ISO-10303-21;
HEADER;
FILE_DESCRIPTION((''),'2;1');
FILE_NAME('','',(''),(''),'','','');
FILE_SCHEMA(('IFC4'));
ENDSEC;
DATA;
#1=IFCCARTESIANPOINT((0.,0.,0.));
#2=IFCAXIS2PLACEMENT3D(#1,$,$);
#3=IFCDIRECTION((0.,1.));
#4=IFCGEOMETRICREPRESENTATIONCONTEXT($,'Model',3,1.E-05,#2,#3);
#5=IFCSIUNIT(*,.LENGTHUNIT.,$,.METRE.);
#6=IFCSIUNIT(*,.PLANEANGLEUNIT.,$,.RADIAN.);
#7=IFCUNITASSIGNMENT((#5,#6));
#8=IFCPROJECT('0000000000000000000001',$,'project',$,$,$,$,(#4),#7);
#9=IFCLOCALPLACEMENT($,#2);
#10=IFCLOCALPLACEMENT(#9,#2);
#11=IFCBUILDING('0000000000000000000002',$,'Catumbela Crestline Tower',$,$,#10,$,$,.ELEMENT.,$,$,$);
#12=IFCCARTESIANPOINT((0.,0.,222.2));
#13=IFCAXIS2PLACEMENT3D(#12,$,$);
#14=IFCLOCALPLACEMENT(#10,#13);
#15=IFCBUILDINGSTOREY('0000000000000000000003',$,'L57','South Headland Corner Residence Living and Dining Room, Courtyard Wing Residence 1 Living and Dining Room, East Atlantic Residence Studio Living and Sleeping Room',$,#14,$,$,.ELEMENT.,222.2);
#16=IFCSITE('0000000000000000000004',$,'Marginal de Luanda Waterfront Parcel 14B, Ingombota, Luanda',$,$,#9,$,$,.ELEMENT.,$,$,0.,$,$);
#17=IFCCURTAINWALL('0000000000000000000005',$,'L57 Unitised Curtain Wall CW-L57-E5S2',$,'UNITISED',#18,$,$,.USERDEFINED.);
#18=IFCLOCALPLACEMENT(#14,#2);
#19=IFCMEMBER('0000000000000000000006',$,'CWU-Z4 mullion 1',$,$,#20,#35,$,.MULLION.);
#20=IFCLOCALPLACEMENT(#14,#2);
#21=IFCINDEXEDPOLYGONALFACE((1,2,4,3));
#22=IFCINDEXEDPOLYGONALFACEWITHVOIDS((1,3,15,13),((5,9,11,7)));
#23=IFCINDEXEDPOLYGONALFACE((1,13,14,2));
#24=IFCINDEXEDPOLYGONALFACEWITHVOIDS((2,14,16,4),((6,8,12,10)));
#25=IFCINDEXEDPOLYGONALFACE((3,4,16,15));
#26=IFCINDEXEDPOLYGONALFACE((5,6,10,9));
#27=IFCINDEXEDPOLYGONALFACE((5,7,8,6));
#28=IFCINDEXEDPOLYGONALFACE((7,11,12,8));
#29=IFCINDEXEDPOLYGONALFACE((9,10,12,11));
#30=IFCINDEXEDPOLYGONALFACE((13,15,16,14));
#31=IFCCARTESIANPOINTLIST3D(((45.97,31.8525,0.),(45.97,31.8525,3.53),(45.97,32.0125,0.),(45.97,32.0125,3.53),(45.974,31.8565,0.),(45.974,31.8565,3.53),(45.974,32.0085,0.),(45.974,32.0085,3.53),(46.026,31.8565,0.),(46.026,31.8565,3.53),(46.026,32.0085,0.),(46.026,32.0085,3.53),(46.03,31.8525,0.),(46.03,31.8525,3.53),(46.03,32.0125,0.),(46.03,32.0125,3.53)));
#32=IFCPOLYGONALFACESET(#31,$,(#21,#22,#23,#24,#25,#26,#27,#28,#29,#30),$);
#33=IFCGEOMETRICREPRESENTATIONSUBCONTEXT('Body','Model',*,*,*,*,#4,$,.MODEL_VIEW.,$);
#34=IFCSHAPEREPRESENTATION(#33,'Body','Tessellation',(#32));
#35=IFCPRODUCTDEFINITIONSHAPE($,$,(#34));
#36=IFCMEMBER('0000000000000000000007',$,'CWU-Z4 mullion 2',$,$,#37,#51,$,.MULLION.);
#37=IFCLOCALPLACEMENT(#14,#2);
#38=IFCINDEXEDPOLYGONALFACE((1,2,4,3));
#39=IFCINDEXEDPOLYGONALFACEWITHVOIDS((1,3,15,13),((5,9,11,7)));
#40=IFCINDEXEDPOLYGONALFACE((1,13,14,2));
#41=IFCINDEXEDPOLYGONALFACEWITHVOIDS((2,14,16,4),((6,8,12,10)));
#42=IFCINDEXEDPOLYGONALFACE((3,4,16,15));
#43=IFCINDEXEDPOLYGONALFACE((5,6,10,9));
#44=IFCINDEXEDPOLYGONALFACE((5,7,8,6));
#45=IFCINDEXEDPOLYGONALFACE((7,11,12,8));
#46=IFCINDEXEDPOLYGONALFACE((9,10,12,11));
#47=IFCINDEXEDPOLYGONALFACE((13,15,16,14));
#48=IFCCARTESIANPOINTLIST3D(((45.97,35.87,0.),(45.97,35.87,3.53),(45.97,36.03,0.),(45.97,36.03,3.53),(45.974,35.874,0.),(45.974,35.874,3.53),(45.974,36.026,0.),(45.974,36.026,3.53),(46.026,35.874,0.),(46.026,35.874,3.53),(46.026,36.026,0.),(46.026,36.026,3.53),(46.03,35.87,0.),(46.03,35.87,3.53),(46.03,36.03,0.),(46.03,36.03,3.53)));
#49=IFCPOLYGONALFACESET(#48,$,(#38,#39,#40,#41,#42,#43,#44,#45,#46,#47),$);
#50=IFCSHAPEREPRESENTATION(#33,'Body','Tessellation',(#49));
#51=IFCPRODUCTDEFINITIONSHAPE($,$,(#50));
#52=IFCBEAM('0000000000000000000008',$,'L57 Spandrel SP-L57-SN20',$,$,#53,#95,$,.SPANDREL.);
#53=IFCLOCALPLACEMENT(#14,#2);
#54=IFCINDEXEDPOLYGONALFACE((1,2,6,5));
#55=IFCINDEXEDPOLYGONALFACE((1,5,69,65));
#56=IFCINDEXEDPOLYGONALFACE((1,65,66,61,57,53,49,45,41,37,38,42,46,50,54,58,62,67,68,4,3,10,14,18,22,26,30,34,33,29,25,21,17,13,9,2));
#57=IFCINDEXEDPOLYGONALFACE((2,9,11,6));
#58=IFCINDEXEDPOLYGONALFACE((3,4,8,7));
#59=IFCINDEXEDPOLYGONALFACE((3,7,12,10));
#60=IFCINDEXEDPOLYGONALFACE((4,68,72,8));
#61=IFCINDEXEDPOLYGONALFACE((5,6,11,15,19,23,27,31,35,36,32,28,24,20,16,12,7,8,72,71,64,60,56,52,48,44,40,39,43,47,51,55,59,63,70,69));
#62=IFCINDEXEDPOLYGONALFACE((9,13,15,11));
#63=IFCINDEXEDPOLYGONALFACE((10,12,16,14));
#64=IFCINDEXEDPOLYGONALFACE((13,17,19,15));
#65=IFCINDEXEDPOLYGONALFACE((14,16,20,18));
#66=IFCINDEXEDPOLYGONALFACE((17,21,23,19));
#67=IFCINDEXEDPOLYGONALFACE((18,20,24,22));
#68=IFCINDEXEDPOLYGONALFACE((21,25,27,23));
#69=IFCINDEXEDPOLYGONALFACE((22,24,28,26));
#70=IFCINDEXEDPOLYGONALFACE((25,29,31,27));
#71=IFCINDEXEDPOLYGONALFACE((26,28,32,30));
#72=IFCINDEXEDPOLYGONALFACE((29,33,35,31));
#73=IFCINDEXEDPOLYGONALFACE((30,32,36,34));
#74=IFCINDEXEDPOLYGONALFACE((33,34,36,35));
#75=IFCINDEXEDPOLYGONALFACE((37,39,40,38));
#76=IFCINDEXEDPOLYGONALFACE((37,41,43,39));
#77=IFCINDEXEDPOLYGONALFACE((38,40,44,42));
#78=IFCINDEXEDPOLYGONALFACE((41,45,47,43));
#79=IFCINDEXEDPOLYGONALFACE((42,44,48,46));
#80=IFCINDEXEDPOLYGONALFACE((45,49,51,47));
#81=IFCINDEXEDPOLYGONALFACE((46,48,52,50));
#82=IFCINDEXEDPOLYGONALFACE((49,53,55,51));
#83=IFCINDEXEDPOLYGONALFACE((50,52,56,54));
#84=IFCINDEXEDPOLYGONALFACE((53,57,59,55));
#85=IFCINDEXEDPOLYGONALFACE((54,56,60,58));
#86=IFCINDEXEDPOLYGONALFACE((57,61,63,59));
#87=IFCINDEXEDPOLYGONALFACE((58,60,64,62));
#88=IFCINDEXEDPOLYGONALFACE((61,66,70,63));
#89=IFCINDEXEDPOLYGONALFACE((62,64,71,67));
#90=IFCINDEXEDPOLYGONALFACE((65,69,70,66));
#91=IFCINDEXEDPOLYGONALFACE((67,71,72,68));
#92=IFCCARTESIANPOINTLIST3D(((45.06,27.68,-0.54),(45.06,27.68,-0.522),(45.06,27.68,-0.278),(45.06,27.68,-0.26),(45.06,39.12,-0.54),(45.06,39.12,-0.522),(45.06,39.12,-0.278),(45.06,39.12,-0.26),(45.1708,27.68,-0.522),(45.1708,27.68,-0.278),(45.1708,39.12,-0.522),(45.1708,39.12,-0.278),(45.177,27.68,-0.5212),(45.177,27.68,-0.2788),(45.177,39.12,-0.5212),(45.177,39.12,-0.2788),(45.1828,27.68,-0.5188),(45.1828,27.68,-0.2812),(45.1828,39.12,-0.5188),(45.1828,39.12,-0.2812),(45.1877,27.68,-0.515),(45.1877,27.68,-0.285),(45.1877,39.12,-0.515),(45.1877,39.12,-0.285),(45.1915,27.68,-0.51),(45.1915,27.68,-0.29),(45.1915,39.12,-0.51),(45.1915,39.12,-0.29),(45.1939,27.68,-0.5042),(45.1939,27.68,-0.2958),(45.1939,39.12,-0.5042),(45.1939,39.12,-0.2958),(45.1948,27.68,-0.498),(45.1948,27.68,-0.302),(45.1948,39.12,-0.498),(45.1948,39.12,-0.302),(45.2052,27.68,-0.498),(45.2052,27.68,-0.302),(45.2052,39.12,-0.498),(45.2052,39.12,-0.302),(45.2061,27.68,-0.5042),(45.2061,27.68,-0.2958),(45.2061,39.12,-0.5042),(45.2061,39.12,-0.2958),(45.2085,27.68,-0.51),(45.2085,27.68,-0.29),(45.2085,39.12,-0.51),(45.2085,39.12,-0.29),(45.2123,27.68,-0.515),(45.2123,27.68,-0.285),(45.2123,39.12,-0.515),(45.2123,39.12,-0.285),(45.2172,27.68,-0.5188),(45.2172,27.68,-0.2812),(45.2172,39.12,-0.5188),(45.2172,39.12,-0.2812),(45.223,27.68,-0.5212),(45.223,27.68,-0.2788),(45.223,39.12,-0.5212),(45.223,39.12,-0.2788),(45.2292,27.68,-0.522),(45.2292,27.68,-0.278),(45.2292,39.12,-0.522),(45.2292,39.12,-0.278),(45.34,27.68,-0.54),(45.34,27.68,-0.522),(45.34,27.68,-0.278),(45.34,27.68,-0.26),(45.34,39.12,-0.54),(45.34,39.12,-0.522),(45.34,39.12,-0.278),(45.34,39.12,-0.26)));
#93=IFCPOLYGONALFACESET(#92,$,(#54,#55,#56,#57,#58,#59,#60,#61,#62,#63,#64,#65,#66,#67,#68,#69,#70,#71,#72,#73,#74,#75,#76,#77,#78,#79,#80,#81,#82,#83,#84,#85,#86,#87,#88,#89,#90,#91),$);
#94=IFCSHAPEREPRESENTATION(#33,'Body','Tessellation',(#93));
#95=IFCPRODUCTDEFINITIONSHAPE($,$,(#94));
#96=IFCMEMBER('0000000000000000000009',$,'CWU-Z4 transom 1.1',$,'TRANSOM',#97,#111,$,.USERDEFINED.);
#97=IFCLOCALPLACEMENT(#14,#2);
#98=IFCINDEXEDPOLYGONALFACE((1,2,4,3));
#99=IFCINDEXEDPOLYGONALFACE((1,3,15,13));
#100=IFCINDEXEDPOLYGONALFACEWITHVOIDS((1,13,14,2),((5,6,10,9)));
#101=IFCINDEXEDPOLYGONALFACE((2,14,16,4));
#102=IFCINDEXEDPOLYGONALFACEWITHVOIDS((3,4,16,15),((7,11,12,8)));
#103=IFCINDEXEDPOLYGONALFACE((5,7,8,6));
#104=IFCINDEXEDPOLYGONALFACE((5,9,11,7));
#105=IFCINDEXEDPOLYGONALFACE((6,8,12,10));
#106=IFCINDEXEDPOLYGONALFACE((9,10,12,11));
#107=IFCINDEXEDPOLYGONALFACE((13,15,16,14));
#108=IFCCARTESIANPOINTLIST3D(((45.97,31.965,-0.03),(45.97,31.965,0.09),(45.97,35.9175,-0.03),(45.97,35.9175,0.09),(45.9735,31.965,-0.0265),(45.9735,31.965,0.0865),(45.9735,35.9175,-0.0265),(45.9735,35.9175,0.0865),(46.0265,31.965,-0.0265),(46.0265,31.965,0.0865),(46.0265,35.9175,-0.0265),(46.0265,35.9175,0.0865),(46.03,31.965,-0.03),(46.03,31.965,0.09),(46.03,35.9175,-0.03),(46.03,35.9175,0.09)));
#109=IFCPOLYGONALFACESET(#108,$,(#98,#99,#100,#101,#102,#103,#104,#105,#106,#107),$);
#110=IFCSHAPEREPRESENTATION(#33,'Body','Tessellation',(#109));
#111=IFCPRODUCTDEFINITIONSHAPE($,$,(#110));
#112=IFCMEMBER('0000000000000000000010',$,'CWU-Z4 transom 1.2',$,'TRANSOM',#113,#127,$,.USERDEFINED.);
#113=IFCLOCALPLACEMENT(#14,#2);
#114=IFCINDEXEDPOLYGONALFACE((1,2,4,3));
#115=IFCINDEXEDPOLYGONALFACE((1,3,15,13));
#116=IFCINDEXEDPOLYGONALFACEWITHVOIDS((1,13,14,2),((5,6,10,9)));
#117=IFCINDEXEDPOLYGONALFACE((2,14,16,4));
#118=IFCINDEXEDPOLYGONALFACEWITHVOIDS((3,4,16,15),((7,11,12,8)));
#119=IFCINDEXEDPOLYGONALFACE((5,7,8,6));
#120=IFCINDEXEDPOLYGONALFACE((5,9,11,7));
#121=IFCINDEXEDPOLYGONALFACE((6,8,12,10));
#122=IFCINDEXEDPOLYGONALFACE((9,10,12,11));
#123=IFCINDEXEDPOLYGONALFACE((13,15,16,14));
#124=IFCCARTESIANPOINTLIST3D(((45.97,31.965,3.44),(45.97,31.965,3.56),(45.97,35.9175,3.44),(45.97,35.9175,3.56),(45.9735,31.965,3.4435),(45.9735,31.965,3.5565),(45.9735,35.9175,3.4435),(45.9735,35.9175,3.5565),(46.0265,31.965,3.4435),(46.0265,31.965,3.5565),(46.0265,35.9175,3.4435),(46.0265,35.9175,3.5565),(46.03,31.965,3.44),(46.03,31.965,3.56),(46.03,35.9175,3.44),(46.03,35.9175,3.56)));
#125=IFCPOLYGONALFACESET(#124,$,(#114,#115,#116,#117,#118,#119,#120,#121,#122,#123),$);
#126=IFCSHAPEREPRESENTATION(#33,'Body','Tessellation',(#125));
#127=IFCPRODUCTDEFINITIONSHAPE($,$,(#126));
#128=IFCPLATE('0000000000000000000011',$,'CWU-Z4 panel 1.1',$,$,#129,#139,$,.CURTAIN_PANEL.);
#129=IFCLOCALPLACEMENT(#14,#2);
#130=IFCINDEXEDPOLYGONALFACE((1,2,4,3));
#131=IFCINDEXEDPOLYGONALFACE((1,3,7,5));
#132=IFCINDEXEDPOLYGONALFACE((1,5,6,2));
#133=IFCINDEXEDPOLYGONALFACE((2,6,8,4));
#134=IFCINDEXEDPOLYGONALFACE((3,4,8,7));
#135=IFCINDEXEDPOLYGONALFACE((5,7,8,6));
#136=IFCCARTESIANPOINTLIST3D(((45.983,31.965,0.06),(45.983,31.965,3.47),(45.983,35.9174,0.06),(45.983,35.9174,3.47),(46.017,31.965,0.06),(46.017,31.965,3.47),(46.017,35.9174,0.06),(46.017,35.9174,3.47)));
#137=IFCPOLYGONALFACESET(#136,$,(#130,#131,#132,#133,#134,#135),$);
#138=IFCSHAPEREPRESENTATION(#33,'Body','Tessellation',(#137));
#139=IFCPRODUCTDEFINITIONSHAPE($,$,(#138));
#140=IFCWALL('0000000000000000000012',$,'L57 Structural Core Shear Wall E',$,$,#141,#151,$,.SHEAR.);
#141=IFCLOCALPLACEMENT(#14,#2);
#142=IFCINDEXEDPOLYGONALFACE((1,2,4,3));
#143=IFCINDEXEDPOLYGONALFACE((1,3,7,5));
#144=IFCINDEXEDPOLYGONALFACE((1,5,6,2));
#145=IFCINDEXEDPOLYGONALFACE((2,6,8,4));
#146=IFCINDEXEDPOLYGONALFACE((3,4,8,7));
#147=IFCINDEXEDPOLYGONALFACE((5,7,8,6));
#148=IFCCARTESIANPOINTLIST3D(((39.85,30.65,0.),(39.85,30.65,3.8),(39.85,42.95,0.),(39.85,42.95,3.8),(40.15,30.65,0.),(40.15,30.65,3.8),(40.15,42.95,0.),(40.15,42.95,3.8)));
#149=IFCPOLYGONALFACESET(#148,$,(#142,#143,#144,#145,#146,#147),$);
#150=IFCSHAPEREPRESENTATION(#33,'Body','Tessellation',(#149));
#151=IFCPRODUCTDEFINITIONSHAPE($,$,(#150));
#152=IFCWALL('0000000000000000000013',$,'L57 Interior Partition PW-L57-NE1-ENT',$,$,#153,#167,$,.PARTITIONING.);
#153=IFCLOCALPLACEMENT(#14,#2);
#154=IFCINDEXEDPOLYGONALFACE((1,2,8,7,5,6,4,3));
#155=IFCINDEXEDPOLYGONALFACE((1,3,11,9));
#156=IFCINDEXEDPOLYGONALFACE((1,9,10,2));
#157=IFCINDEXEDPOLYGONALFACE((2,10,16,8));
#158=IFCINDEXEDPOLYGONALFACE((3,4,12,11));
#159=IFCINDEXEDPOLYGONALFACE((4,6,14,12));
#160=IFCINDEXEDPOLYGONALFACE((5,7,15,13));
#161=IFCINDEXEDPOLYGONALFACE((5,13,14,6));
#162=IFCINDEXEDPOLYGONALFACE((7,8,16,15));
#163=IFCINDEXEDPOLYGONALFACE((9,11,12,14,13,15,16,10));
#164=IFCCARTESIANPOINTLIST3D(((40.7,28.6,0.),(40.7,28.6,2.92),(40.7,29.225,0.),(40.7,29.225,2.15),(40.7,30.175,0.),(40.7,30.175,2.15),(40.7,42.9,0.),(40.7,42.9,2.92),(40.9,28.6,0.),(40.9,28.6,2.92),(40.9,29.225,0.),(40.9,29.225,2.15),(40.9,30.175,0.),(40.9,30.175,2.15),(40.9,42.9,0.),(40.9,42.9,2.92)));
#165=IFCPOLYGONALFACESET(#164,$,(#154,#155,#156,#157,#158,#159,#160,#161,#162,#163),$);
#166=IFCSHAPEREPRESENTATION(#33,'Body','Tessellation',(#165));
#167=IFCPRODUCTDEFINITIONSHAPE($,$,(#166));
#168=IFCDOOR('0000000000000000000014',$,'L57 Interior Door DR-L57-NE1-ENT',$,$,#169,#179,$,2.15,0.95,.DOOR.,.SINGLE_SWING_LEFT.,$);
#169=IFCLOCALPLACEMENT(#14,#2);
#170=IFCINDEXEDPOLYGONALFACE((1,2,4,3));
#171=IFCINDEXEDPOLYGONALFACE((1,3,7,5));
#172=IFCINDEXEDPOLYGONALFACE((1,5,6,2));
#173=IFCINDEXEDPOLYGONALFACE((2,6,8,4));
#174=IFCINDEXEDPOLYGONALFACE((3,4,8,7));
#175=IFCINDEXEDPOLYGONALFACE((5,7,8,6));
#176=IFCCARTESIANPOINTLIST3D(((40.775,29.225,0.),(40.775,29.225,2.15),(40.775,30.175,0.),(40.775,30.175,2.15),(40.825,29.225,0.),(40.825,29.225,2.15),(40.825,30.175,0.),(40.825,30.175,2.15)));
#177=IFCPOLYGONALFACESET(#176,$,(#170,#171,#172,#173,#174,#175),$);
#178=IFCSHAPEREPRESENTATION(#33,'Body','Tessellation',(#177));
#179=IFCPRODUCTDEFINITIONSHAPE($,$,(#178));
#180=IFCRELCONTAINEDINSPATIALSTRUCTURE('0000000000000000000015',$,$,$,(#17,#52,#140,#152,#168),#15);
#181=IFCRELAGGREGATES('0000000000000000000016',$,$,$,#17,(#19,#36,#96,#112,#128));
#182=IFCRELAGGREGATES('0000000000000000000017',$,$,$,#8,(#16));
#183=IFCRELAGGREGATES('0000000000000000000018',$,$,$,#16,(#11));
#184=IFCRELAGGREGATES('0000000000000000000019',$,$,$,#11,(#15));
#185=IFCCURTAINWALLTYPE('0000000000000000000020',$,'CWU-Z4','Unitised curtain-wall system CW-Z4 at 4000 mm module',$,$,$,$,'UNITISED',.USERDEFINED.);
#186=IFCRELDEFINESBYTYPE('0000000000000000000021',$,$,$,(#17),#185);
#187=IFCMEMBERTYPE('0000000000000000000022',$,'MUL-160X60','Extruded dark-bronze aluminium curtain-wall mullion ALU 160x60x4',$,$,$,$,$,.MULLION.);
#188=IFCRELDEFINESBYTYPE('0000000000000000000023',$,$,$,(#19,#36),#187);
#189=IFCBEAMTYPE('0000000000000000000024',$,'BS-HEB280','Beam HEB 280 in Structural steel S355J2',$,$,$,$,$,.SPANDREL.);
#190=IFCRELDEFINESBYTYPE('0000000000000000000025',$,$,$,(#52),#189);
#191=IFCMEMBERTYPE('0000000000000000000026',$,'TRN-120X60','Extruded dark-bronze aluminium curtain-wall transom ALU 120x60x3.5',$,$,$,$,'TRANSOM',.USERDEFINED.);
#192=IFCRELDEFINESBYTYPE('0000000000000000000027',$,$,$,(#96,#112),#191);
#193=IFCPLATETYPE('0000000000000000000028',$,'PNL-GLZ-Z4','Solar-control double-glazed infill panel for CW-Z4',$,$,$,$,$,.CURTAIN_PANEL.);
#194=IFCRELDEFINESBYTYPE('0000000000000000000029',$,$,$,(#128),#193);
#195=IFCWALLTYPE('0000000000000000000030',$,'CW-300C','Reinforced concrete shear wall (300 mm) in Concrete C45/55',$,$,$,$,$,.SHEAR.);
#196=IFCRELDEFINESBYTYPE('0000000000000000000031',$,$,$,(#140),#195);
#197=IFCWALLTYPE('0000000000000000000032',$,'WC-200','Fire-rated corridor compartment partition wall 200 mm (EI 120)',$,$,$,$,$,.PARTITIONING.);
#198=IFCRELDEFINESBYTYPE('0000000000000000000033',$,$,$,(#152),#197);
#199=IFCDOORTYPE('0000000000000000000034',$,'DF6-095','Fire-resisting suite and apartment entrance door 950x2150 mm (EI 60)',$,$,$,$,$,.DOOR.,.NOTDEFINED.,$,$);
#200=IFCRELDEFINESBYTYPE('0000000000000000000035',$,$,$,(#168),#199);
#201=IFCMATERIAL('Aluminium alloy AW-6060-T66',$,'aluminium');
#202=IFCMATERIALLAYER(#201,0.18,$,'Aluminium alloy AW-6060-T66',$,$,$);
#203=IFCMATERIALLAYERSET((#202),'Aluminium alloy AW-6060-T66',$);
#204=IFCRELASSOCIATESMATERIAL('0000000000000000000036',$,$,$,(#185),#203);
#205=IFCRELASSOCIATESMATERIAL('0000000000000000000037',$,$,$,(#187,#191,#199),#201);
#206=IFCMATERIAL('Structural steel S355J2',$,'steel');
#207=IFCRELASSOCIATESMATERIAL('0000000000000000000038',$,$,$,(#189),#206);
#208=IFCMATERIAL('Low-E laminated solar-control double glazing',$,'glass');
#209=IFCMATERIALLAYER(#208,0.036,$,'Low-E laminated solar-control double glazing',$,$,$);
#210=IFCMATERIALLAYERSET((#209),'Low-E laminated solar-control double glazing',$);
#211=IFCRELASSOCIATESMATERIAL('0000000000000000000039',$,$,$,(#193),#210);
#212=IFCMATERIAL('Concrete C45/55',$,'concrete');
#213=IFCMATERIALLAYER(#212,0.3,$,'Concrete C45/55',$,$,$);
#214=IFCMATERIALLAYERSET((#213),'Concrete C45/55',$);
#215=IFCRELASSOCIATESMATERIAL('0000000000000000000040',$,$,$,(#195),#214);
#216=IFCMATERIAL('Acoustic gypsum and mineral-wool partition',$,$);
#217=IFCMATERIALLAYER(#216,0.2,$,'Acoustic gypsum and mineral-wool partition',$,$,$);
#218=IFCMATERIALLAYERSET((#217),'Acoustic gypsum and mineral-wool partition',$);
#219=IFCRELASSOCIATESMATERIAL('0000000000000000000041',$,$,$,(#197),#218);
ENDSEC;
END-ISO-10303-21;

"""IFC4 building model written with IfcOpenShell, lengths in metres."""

from ifc_helpers import new_model, si_unit, direction, frame, frame_2d, origin, origin_2d, place, context, subcontext, project, spatial, rectangle, hollow_rectangle, i_section, extrude, material, layer, layer_set, material_profile, profile_set, type_object, element, fill, aggregate, save


model = new_model("IFC4")

# Units and contexts
model_context = context("Model", 3, precision=1e-05, world=origin(), true_north=direction((0.0, 1.0)))
body_context = subcontext(model_context, "Body", "Model", "MODEL_VIEW")
ifc_project = project(units=[si_unit("LENGTHUNIT", "METRE"), si_unit("PLANEANGLEUNIT", "RADIAN")], contexts=[model_context])

# Site, building, storey
site_placement = place(None, origin())
site = spatial("IfcSite", under=ifc_project, at=site_placement, Name="Marginal de Luanda Waterfront Parcel 14B, Ingombota, Luanda", CompositionType="ELEMENT", RefElevation=0.0)
building_placement = place(site_placement, origin())
building = spatial("IfcBuilding", under=site, at=building_placement, Name="Catumbela Crestline Tower", CompositionType="ELEMENT")
storey_placement = place(building_placement, frame((0.0, 0.0, 222.2)))
storey = spatial("IfcBuildingStorey", under=building, at=storey_placement, Name="L57", Description="South Headland Corner Residence Living and Dining Room, Courtyard Wing Residence 1 Living and Dining Room, East Atlantic Residence Studio Living and Sleeping Room", CompositionType="ELEMENT", Elevation=222.2)

# Shared definitions
ifc_material_1 = material(Name="Structural steel S355J2", Category="steel")

# Curtain wall, members
ifc_material_2 = material(Name="Aluminium alloy AW-6060-T66", Category="aluminium")
ifc_layer_1 = layer(ifc_material_2, 0.18, Name="Aluminium alloy AW-6060-T66")
ifc_layer_set_1 = layer_set([ifc_layer_1], Name="Aluminium alloy AW-6060-T66")
curtain_wall_type = type_object("IfcCurtainWallType", Name="CWU-Z4", Description="Unitised curtain-wall system CW-Z4 at 4000 mm module", ElementType="UNITISED", PredefinedType="USERDEFINED", material=ifc_layer_set_1)
curtain_wall_placement = place(storey_placement, origin())
curtain_wall = element("IfcCurtainWall", 1, at=curtain_wall_placement, inside=storey, type_object=curtain_wall_type, Name="L57 Unitised Curtain Wall CW-L57-E5S2", ObjectType="UNITISED", PredefinedType="USERDEFINED")
ifc_material_profile_1 = material_profile(ifc_material_2, hollow_rectangle(XDim=0.06, YDim=0.16, WallThickness=0.004, at=origin_2d()), Name="ALU 160x60x4")
ifc_profile_set_1 = profile_set([ifc_material_profile_1], Name="Aluminium alloy AW-6060-T66")
member_type_1 = type_object("IfcMemberType", Name="MUL-160X60", Description="Extruded dark-bronze aluminium curtain-wall mullion ALU 160x60x4", PredefinedType="MULLION", material=ifc_profile_set_1)
member_1_placement = place(storey_placement, frame((46.0, 31.9325, 0.0), z_axis=(0.0, 0.0, 1.0), x_axis=(-1.0, 0.0, 0.0)))
member_1 = element("IfcMember", 2, at=member_1_placement, type_object=member_type_1, Name="CWU-Z4 mullion 1", PredefinedType="MULLION", context=body_context, shape_type="SweptSolid", body=[
    extrude(hollow_rectangle(XDim=0.06, YDim=0.16, WallThickness=0.004, at=origin_2d()), origin(), (0.0, 0.0, 1.0), 3.53),
])
member_2_placement = place(storey_placement, frame((46.0, 35.95, 0.0), z_axis=(0.0, 0.0, 1.0), x_axis=(-1.0, 0.0, 0.0)))
member_2 = element("IfcMember", 3, at=member_2_placement, type_object=member_type_1, Name="CWU-Z4 mullion 2", PredefinedType="MULLION", context=body_context, shape_type="SweptSolid", body=[
    extrude(hollow_rectangle(XDim=0.06, YDim=0.16, WallThickness=0.004, at=origin_2d()), origin(), (0.0, 0.0, 1.0), 3.53),
])

# Beam
ifc_material_profile_2 = material_profile(ifc_material_1, i_section(OverallWidth=0.28, OverallDepth=0.28, WebThickness=0.0105, FlangeThickness=0.018, FilletRadius=0.024, at=origin_2d()), Name="HEB 280")
ifc_profile_set_2 = profile_set([ifc_material_profile_2], Name="Structural steel S355J2")
beam_type_1 = type_object("IfcBeamType", Name="BS-HEB280", Description="Beam HEB 280 in Structural steel S355J2", PredefinedType="SPANDREL", material=ifc_profile_set_2)
beam_1_placement = place(storey_placement, frame((45.2, 27.68, -0.4), z_axis=(0.0, 1.0, 0.0), x_axis=(-1.0, 0.0, 0.0)))
element("IfcBeam", 4, at=beam_1_placement, inside=storey, type_object=beam_type_1, Name="L57 Spandrel SP-L57-SN20", PredefinedType="SPANDREL", context=body_context, shape_type="SweptSolid", body=[
    extrude(i_section(OverallWidth=0.28, OverallDepth=0.28, WebThickness=0.0105, FlangeThickness=0.018, FilletRadius=0.024, at=origin_2d()), origin(), (0.0, 0.0, 1.0), 11.44),
])

# Members
ifc_material_profile_3 = material_profile(ifc_material_2, hollow_rectangle(XDim=0.06, YDim=0.12, WallThickness=0.0035, at=origin_2d()), Name="ALU 120x60x3.5")
ifc_profile_set_3 = profile_set([ifc_material_profile_3], Name="Aluminium alloy AW-6060-T66")
member_type_2 = type_object("IfcMemberType", Name="TRN-120X60", Description="Extruded dark-bronze aluminium curtain-wall transom ALU 120x60x3.5", ElementType="TRANSOM", PredefinedType="USERDEFINED", material=ifc_profile_set_3)
member_3_placement = place(storey_placement, frame((46.0, 31.965, 0.03), z_axis=(0.0, 1.0, 0.0), x_axis=(-1.0, 0.0, 0.0)))
member_3 = element("IfcMember", 5, at=member_3_placement, type_object=member_type_2, Name="CWU-Z4 transom 1.1", ObjectType="TRANSOM", PredefinedType="USERDEFINED", context=body_context, shape_type="SweptSolid", body=[
    extrude(hollow_rectangle(XDim=0.06, YDim=0.12, WallThickness=0.0035, at=origin_2d()), origin(), (0.0, 0.0, 1.0), 3.9525),
])
member_4_placement = place(storey_placement, frame((46.0, 31.965, 3.5), z_axis=(0.0, 1.0, 0.0), x_axis=(-1.0, 0.0, 0.0)))
member_4 = element("IfcMember", 6, at=member_4_placement, type_object=member_type_2, Name="CWU-Z4 transom 1.2", ObjectType="TRANSOM", PredefinedType="USERDEFINED", context=body_context, shape_type="SweptSolid", body=[
    extrude(hollow_rectangle(XDim=0.06, YDim=0.12, WallThickness=0.0035, at=origin_2d()), origin(), (0.0, 0.0, 1.0), 3.9525),
])

# Plate
ifc_material_3 = material(Name="Low-E laminated solar-control double glazing", Category="glass")
ifc_layer_2 = layer(ifc_material_3, 0.036, Name="Low-E laminated solar-control double glazing")
ifc_layer_set_2 = layer_set([ifc_layer_2], Name="Low-E laminated solar-control double glazing")
plate_type = type_object("IfcPlateType", Name="PNL-GLZ-Z4", Description="Solar-control double-glazed infill panel for CW-Z4", PredefinedType="CURTAIN_PANEL", material=ifc_layer_set_2)
plate_placement = place(storey_placement, frame((46.0, 33.9412, 0.06), z_axis=(0.0, 0.0, 1.0), x_axis=(0.0, 1.0, 0.0)))
plate = element("IfcPlate", 7, at=plate_placement, type_object=plate_type, Name="CWU-Z4 panel 1.1", PredefinedType="CURTAIN_PANEL", context=body_context, shape_type="SweptSolid", body=[
    extrude(rectangle(XDim=3.9525, YDim=0.034, at=origin_2d()), origin(), (0.0, 0.0, 1.0), 3.41),
])
aggregate(curtain_wall, [member_1, member_2, member_3, member_4, plate])

# Wall
ifc_material_4 = material(Name="Concrete C45/55", Category="concrete")
ifc_layer_3 = layer(ifc_material_4, 0.3, Name="Concrete C45/55")
ifc_layer_set_3 = layer_set([ifc_layer_3], Name="Concrete C45/55")
wall_type_1 = type_object("IfcWallType", Name="CW-300C", Description="Reinforced concrete shear wall (300 mm) in Concrete C45/55", PredefinedType="SHEAR", material=ifc_layer_set_3)
wall_1_placement = place(storey_placement, frame((40.0, 30.65, 0.0), z_axis=(0.0, 0.0, 1.0), x_axis=(0.0, 1.0, 0.0)))
element("IfcWall", 8, at=wall_1_placement, inside=storey, type_object=wall_type_1, Name="L57 Structural Core Shear Wall E", PredefinedType="SHEAR", context=body_context, shape_type="SweptSolid", body=[
    extrude(rectangle(XDim=12.3, YDim=0.3, at=frame_2d((6.15, 0.0))), origin(), (0.0, 0.0, 1.0), 3.8),
])

# Wall, opening, door
ifc_material_5 = material(Name="Acoustic gypsum and mineral-wool partition")
ifc_layer_4 = layer(ifc_material_5, 0.2, Name="Acoustic gypsum and mineral-wool partition")
ifc_layer_set_4 = layer_set([ifc_layer_4], Name="Acoustic gypsum and mineral-wool partition")
wall_type_2 = type_object("IfcWallType", Name="WC-200", Description="Fire-rated corridor compartment partition wall 200 mm (EI 120)", PredefinedType="PARTITIONING", material=ifc_layer_set_4)
wall_2_placement = place(storey_placement, frame((40.8, 28.6, 0.0), z_axis=(0.0, 0.0, 1.0), x_axis=(0.0, 1.0, 0.0)))
wall_2 = element("IfcWall", 9, at=wall_2_placement, inside=storey, type_object=wall_type_2, Name="L57 Interior Partition PW-L57-NE1-ENT", PredefinedType="PARTITIONING", context=body_context, shape_type="SweptSolid", body=[
    extrude(rectangle(XDim=14.3, YDim=0.2, at=frame_2d((7.15, 0.0))), origin(), (0.0, 0.0, 1.0), 2.92),
])
opening_1_placement = place(wall_2_placement, frame((0.625, 0.0, 0.0)))
opening_1 = element("IfcOpeningElement", 10, at=opening_1_placement, cuts=wall_2, PredefinedType="OPENING", context=body_context, shape_type="SweptSolid", body=[
    extrude(rectangle(XDim=0.95, YDim=2.15, at=frame_2d((0.475, 1.075))), frame((0.0, 0.11, 0.0), z_axis=(0.0, -1.0, 0.0), x_axis=(1.0, 0.0, 0.0)), (0.0, 0.0, 1.0), 0.22),
])
door_type_1 = type_object("IfcDoorType", Name="DF6-095", Description="Fire-resisting suite and apartment entrance door 950x2150 mm (EI 60)", OperationType="NOTDEFINED", PredefinedType="DOOR", material=ifc_material_2)
door_1_placement = place(opening_1_placement, origin())
door_1 = element("IfcDoor", 11, at=door_1_placement, inside=storey, type_object=door_type_1, Name="L57 Interior Door DR-L57-NE1-ENT", OperationType="SINGLE_SWING_LEFT", OverallHeight=2.15, OverallWidth=0.95, PredefinedType="DOOR", context=body_context, shape_type="SweptSolid", body=[
    extrude(rectangle(XDim=0.95, YDim=2.15, at=frame_2d((0.475, 1.075))), frame((0.0, 0.025, 0.0), z_axis=(0.0, -1.0, 0.0), x_axis=(1.0, 0.0, 0.0)), (0.0, 0.0, 1.0), 0.05),
])
fill(opening_1, door_1)

save(model, "model.ifc")
